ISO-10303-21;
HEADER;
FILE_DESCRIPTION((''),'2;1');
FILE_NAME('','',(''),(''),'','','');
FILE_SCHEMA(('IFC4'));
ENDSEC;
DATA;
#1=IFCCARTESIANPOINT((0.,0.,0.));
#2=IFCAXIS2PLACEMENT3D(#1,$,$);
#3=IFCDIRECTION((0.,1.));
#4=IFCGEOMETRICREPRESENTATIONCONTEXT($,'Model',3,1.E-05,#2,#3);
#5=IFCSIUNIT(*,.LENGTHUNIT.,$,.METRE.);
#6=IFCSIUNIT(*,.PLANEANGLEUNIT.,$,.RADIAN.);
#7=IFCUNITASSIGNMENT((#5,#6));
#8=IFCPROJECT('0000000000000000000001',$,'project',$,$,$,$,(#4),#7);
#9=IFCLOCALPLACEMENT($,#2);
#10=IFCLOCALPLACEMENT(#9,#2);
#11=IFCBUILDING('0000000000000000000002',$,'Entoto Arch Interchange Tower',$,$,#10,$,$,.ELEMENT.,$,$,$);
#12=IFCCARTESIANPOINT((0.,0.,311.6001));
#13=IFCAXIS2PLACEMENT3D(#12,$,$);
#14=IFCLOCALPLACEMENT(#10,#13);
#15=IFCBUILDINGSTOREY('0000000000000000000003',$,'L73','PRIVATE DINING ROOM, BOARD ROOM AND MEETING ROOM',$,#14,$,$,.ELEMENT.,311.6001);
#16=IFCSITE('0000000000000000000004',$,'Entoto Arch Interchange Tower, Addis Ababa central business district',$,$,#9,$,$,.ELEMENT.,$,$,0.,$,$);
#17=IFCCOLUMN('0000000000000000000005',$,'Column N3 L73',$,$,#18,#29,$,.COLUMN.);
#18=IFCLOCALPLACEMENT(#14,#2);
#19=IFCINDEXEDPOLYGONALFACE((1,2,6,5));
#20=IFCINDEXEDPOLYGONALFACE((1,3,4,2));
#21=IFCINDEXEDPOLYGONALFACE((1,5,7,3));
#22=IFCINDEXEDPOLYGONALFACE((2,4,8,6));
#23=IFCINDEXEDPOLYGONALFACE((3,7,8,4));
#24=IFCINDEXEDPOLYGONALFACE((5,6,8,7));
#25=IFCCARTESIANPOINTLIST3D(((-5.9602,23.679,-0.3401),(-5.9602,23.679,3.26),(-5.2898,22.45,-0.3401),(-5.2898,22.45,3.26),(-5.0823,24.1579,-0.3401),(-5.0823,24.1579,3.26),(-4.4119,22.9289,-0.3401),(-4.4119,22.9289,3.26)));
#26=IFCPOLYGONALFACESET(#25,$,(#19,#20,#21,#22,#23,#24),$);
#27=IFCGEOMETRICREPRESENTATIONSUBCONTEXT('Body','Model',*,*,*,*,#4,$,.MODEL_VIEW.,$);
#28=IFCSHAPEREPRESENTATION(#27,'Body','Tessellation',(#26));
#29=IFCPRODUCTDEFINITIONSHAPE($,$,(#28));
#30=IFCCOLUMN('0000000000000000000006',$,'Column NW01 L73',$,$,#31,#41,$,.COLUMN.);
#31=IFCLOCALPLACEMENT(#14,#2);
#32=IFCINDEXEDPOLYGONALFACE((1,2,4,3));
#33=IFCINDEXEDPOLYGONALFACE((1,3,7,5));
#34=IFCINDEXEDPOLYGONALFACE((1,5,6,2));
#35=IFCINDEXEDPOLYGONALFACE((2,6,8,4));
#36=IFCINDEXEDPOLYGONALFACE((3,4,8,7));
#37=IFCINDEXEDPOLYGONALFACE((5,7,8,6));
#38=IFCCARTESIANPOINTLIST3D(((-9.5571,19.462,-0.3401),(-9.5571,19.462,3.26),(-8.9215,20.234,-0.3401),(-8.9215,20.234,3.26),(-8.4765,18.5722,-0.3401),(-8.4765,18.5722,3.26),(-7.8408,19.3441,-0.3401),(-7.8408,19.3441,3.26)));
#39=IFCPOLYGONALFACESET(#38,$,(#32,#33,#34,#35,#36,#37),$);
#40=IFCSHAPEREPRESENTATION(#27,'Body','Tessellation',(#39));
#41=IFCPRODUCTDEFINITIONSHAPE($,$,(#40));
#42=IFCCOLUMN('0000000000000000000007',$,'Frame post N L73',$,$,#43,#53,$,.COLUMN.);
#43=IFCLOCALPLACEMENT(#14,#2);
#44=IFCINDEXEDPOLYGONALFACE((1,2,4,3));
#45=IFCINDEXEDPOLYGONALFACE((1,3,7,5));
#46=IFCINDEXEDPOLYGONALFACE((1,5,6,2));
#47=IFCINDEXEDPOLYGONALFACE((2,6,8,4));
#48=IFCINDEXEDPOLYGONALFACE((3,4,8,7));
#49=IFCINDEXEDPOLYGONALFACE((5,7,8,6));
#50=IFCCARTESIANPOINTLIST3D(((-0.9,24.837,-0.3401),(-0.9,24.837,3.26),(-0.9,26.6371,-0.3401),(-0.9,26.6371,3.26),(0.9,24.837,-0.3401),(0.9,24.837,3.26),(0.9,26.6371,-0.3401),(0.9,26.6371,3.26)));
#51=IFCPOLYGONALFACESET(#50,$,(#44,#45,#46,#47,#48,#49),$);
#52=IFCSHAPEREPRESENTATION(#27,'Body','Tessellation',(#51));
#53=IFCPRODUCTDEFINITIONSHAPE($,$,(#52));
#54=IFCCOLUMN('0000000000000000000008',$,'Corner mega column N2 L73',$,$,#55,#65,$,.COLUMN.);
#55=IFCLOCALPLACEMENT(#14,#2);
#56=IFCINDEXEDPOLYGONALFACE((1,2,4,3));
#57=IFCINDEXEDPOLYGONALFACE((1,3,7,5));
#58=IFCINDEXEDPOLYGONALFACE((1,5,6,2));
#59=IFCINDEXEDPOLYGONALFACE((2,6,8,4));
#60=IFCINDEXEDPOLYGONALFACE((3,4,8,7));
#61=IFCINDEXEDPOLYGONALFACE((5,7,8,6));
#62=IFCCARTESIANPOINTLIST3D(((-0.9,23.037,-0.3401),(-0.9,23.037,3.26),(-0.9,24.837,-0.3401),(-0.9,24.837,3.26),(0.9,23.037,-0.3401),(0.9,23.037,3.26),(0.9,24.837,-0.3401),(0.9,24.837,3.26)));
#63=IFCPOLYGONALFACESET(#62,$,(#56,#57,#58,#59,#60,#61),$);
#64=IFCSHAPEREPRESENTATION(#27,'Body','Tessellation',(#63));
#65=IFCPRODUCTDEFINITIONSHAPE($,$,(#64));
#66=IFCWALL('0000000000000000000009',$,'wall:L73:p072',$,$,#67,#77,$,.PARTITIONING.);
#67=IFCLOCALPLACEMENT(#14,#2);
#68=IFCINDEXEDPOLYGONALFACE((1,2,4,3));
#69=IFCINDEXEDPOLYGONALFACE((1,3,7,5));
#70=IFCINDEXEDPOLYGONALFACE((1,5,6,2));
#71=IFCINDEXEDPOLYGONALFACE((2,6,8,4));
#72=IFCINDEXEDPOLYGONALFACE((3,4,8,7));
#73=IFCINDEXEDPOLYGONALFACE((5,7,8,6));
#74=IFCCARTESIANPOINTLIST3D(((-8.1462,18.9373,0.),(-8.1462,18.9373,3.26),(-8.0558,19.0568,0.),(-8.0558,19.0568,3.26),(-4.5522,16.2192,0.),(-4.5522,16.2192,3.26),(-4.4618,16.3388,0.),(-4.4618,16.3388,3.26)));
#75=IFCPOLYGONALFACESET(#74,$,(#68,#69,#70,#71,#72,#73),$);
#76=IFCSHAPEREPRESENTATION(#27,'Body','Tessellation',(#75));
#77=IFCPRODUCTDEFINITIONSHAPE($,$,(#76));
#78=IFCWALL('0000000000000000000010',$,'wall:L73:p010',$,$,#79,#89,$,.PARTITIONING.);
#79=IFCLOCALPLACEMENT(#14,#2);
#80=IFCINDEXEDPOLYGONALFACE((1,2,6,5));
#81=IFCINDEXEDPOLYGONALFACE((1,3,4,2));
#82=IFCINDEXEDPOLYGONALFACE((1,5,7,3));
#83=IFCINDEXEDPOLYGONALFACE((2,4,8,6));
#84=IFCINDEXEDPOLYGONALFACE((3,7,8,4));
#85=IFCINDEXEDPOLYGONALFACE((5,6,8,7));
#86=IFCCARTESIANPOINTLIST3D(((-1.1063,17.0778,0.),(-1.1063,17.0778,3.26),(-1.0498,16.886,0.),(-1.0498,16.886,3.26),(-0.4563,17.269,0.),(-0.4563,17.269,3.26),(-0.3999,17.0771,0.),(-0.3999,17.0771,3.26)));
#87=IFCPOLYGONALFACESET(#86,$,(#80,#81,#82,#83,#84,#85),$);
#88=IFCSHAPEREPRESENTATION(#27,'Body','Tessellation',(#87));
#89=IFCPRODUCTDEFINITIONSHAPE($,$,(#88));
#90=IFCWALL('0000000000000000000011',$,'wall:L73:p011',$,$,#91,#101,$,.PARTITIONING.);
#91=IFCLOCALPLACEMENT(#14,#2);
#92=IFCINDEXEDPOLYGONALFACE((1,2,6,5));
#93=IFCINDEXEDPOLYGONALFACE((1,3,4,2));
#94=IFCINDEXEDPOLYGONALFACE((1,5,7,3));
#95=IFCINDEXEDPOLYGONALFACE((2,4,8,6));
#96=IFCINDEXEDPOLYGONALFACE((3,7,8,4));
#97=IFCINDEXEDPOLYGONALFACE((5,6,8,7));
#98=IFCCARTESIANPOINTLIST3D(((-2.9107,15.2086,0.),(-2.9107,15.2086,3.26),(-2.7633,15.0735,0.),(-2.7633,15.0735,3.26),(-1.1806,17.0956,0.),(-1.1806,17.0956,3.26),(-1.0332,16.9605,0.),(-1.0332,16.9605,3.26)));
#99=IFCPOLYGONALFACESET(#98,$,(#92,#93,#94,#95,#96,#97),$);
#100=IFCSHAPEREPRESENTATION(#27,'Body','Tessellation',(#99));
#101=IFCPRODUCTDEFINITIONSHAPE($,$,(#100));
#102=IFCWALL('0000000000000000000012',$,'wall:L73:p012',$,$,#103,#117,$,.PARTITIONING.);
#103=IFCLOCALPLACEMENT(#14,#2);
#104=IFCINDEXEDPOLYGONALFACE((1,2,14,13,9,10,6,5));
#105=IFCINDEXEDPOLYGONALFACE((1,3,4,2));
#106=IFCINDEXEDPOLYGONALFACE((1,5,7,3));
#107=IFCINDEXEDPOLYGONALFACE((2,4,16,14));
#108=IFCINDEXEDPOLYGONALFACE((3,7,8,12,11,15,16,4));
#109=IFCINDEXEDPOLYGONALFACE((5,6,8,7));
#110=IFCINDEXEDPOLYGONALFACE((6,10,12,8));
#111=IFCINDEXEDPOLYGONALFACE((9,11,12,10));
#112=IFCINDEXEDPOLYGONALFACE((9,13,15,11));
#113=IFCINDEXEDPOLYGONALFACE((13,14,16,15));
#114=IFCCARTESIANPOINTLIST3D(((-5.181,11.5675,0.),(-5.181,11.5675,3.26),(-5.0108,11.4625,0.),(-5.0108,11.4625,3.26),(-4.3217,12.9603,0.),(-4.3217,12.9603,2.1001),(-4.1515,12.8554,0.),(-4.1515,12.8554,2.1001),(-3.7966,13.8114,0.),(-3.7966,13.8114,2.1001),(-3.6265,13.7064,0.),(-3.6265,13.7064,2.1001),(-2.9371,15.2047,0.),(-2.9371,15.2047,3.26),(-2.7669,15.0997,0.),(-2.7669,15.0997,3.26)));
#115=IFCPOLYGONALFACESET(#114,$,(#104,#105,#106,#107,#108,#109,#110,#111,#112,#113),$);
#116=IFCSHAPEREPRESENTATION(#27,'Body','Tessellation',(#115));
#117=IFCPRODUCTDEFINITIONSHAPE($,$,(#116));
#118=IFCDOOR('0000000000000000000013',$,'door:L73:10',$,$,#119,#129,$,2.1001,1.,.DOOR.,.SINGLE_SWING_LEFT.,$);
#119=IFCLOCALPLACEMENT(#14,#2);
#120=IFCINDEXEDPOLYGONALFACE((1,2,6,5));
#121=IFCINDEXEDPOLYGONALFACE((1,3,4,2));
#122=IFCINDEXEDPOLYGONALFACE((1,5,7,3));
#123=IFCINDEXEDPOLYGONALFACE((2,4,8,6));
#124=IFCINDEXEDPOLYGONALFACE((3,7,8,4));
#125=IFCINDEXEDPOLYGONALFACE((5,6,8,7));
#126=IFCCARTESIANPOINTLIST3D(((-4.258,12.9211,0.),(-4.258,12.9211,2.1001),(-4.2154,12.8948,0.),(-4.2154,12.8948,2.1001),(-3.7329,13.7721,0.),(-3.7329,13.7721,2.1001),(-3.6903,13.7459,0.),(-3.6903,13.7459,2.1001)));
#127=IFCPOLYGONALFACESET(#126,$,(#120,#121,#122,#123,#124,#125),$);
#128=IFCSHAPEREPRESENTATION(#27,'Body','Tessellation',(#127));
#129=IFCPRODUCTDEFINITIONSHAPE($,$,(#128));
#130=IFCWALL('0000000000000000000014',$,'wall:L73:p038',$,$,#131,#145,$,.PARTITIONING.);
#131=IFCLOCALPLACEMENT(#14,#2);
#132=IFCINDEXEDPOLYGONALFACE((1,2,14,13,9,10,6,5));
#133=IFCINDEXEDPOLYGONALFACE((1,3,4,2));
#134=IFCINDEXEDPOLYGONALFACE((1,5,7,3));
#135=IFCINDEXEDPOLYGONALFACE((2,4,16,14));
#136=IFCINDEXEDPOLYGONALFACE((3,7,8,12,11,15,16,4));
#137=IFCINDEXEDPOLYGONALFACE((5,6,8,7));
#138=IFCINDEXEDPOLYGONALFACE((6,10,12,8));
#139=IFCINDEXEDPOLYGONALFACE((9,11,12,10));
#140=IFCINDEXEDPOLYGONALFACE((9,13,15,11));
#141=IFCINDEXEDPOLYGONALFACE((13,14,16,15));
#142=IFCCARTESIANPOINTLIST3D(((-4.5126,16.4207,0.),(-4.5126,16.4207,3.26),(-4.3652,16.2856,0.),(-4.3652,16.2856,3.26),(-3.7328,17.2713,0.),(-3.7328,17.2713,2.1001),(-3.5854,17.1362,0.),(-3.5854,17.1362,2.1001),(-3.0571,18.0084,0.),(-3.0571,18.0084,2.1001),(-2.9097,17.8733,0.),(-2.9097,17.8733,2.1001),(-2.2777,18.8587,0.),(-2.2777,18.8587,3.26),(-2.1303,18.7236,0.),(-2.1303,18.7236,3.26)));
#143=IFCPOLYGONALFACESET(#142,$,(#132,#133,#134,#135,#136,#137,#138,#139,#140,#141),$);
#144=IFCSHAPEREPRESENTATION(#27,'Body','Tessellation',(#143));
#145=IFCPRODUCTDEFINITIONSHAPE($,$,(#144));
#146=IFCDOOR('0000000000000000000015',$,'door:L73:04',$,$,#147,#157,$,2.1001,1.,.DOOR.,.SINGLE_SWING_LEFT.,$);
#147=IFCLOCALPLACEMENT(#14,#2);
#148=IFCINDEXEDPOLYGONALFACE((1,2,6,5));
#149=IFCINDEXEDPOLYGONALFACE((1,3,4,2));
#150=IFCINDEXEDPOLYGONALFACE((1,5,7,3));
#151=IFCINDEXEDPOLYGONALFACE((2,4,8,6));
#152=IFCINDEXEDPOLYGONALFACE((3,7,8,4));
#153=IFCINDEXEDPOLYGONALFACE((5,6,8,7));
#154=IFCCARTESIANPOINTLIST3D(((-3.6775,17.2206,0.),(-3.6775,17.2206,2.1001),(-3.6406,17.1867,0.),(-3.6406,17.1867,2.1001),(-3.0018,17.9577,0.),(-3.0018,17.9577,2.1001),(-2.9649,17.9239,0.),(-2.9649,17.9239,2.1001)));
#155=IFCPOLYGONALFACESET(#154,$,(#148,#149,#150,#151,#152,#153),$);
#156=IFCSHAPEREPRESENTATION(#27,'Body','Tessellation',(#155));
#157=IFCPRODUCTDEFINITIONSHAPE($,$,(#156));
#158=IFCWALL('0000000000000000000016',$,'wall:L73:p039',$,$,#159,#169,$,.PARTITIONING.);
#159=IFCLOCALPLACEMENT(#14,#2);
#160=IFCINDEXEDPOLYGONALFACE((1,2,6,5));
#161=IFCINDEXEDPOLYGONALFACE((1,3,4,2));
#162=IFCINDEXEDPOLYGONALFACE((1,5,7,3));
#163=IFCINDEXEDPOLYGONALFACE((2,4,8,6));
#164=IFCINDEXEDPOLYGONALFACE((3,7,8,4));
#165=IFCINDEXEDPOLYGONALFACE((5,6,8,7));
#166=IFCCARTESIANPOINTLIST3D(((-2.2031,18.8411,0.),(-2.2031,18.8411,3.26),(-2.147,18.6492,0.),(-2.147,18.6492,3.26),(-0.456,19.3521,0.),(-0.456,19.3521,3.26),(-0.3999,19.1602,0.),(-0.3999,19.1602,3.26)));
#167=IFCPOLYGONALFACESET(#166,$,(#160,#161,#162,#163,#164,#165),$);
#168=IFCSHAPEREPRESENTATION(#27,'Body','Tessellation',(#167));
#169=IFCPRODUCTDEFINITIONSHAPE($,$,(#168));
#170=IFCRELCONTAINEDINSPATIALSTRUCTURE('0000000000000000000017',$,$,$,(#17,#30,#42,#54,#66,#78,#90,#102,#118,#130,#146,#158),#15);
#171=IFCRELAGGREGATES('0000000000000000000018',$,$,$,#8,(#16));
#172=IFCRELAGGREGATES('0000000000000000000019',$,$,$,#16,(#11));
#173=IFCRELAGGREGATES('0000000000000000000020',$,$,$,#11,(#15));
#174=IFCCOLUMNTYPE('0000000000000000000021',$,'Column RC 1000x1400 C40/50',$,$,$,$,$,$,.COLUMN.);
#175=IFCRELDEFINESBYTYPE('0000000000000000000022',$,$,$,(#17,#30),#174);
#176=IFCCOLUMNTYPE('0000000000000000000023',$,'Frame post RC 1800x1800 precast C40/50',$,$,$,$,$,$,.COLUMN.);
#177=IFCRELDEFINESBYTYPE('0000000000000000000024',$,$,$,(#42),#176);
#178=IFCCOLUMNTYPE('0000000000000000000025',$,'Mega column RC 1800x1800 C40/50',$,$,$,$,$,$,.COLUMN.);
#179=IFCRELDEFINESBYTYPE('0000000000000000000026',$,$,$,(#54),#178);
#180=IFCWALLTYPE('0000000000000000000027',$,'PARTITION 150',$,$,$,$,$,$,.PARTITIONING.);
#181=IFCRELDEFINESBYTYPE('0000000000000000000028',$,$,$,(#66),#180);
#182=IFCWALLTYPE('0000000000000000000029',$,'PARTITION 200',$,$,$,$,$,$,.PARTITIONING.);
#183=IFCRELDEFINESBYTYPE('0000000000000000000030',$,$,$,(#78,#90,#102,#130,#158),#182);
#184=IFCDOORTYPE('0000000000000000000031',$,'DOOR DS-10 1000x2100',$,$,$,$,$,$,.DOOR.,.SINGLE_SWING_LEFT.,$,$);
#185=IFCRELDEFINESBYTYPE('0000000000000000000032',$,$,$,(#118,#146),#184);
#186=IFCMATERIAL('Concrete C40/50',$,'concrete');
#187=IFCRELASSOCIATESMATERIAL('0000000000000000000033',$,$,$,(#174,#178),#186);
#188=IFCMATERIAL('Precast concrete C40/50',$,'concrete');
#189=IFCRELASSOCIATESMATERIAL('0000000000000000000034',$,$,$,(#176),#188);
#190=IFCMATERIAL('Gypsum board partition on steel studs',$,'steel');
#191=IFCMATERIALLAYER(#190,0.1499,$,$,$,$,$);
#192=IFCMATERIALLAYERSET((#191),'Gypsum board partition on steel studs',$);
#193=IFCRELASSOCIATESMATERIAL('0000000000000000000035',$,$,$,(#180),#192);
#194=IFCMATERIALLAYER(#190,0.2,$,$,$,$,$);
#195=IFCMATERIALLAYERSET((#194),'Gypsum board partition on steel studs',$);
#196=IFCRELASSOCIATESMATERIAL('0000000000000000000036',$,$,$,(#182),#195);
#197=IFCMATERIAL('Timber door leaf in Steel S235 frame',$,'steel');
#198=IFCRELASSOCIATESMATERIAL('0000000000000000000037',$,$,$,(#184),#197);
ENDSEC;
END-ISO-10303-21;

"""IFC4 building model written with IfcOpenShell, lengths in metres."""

from ifc_helpers import new_model, si_unit, direction, frame, frame_2d, origin, origin_2d, place, context, subcontext, project, spatial, rectangle, extrude, material, layer, layer_set, material_profile, profile_set, type_object, element, fill, save


model = new_model("IFC4")

# Units and contexts
model_context = context("Model", 3, precision=1e-05, world=origin(), true_north=direction((0.0, 1.0)))
body_context = subcontext(model_context, "Body", "Model", "MODEL_VIEW")
ifc_project = project(units=[si_unit("LENGTHUNIT", "METRE"), si_unit("PLANEANGLEUNIT", "RADIAN")], contexts=[model_context])

# Site, building, storey
site_placement = place(None, origin())
site = spatial("IfcSite", under=ifc_project, at=site_placement, Name="Entoto Arch Interchange Tower, Addis Ababa central business district", CompositionType="ELEMENT", RefElevation=0.0)
building_placement = place(site_placement, origin())
building = spatial("IfcBuilding", under=site, at=building_placement, Name="Entoto Arch Interchange Tower", CompositionType="ELEMENT")
storey_placement = place(building_placement, frame((0.0, 0.0, 311.6001)))
storey = spatial("IfcBuildingStorey", under=building, at=storey_placement, Name="L73", Description="PRIVATE DINING ROOM, BOARD ROOM AND MEETING ROOM", CompositionType="ELEMENT", Elevation=311.6001)

# Columns
ifc_material_1 = material(Name="Concrete C40/50", Category="concrete")
ifc_material_profile_1 = material_profile(ifc_material_1, rectangle(XDim=1.0, YDim=1.3999, at=origin_2d()))
ifc_profile_set_1 = profile_set([ifc_material_profile_1], Name="Concrete C40/50")
column_type_1 = type_object("IfcColumnType", Name="Column RC 1000x1400 C40/50", PredefinedType="COLUMN", material=ifc_profile_set_1)
for number, where, z_axis, x_axis, name in (
    (1, (-5.186, 23.304, -0.3401), (0.0, 0.0, 1.0), (0.877899, 0.478845, 0.0), "Column N3 L73"),
    (2, (-8.699, 19.4031, -0.3401), (0.0, 0.0, 1.0), (0.635647, 0.77198, 0.0), "Column NW01 L73"),
):
    element("IfcColumn", number, at=place(storey_placement, frame(where, z_axis=z_axis, x_axis=x_axis)), inside=storey, type_object=column_type_1, Name=name, PredefinedType="COLUMN", context=body_context, shape_type="SweptSolid", body=[
        extrude(rectangle(XDim=1.0, YDim=1.3999, at=origin_2d()), origin(), (0.0, 0.0, 1.0), 3.6001),
    ])
ifc_material_2 = material(Name="Precast concrete C40/50", Category="concrete")
ifc_material_profile_2 = material_profile(ifc_material_2, rectangle(XDim=1.8, YDim=1.8, at=origin_2d()))
ifc_profile_set_2 = profile_set([ifc_material_profile_2], Name="Precast concrete C40/50")
column_type_2 = type_object("IfcColumnType", Name="Frame post RC 1800x1800 precast C40/50", PredefinedType="COLUMN", material=ifc_profile_set_2)
column_1_placement = place(storey_placement, frame((0.0, 25.7371, -0.3401), z_axis=(0.0, 0.0, 1.0), x_axis=(0.0, 1.0, 0.0)))
element("IfcColumn", 3, at=column_1_placement, inside=storey, type_object=column_type_2, Name="Frame post N L73", PredefinedType="COLUMN", context=body_context, shape_type="SweptSolid", body=[
    extrude(rectangle(XDim=1.8, YDim=1.8, at=origin_2d()), origin(), (0.0, 0.0, 1.0), 3.6001),
])
ifc_material_profile_3 = material_profile(ifc_material_1, rectangle(XDim=1.8, YDim=1.8, at=origin_2d()))
ifc_profile_set_3 = profile_set([ifc_material_profile_3], Name="Concrete C40/50")
column_type_3 = type_object("IfcColumnType", Name="Mega column RC 1800x1800 C40/50", PredefinedType="COLUMN", material=ifc_profile_set_3)
column_2_placement = place(storey_placement, frame((0.0, 23.937, -0.3401), z_axis=(0.0, 0.0, 1.0), x_axis=(0.0, 1.0, 0.0)))
element("IfcColumn", 4, at=column_2_placement, inside=storey, type_object=column_type_3, Name="Corner mega column N2 L73", PredefinedType="COLUMN", context=body_context, shape_type="SweptSolid", body=[
    extrude(rectangle(XDim=1.8, YDim=1.8, at=origin_2d()), origin(), (0.0, 0.0, 1.0), 3.6001),
])

# Walls
ifc_material_3 = material(Name="Gypsum board partition on steel studs", Category="steel")
ifc_layer_1 = layer(ifc_material_3, 0.1499)
ifc_layer_set_1 = layer_set([ifc_layer_1], Name="Gypsum board partition on steel studs")
wall_type_1 = type_object("IfcWallType", Name="PARTITION 150", PredefinedType="PARTITIONING", material=ifc_layer_set_1)
wall_1_placement = place(storey_placement, frame((-4.5071, 16.2791, 0.0), z_axis=(0.0, 0.0, 1.0), x_axis=(-0.797594, 0.603194, 0.0)))
element("IfcWall", 5, at=wall_1_placement, inside=storey, type_object=wall_type_1, Name="wall:L73:p072", PredefinedType="PARTITIONING", context=body_context, shape_type="SweptSolid", body=[
    extrude(rectangle(XDim=4.5061, YDim=0.1499, at=frame_2d((2.2529, 0.0))), origin(), (0.0, 0.0, 1.0), 3.26),
])
ifc_layer_2 = layer(ifc_material_3, 0.2)
ifc_layer_set_2 = layer_set([ifc_layer_2], Name="Gypsum board partition on steel studs")
wall_type_2 = type_object("IfcWallType", Name="PARTITION 200", PredefinedType="PARTITIONING", material=ifc_layer_set_2)
wall_2_placement = place(storey_placement, frame((-0.428, 17.1731, 0.0), z_axis=(0.0, 0.0, 1.0), x_axis=(-0.95936, -0.282186, 0.0)))
element("IfcWall", 6, at=wall_2_placement, inside=storey, type_object=wall_type_2, Name="wall:L73:p010", PredefinedType="PARTITIONING", context=body_context, shape_type="SweptSolid", body=[
    extrude(rectangle(XDim=0.6775, YDim=0.2, at=frame_2d((0.3389, 0.0))), origin(), (0.0, 0.0, 1.0), 3.26),
])
wall_3_placement = place(storey_placement, frame((-1.1069, 17.0281, 0.0), z_axis=(0.0, 0.0, 1.0), x_axis=(-0.675781, -0.737103, 0.0)))
element("IfcWall", 7, at=wall_3_placement, inside=storey, type_object=wall_type_2, Name="wall:L73:p011", PredefinedType="PARTITIONING", context=body_context, shape_type="SweptSolid", body=[
    extrude(rectangle(XDim=2.5601, YDim=0.2, at=frame_2d((1.28, 0.0))), origin(), (0.0, 0.0, 1.0), 3.26),
])

# Walls, openings, doors
wall_4_placement = place(storey_placement, frame((-2.8521, 15.1521, 0.0), z_axis=(0.0, 0.0, 1.0), x_axis=(-0.52505, -0.851071, 0.0)))
wall_4 = element("IfcWall", 8, at=wall_4_placement, inside=storey, type_object=wall_type_2, Name="wall:L73:p012", PredefinedType="PARTITIONING", context=body_context, shape_type="SweptSolid", body=[
    extrude(rectangle(XDim=4.2737, YDim=0.2, at=frame_2d((2.1367, 0.0))), origin(), (0.0, 0.0, 1.0), 3.26),
])
opening_1_placement = place(wall_4_placement, frame((1.637, 0.0, 0.0)))
opening_1 = element("IfcOpeningElement", 9, at=opening_1_placement, cuts=wall_4, PredefinedType="OPENING", context=body_context, shape_type="SweptSolid", body=[
    extrude(rectangle(XDim=1.0, YDim=2.1001, at=frame_2d((0.5, 1.05))), frame((0.0, 0.1099, 0.0), z_axis=(0.0, -1.0, 0.0), x_axis=(1.0, 0.0, 0.0)), (0.0, 0.0, 1.0), 0.22),
])
ifc_material_4 = material(Name="Timber door leaf in Steel S235 frame", Category="steel")
door_type = type_object("IfcDoorType", Name="DOOR DS-10 1000x2100", OperationType="SINGLE_SWING_LEFT", PredefinedType="DOOR", material=ifc_material_4)
door_1_placement = place(opening_1_placement, origin())
door_1 = element("IfcDoor", 10, at=door_1_placement, inside=storey, type_object=door_type, Name="door:L73:10", OperationType="SINGLE_SWING_LEFT", OverallHeight=2.1001, OverallWidth=1.0, PredefinedType="DOOR", context=body_context, shape_type="SweptSolid", body=[
    extrude(rectangle(XDim=1.0, YDim=2.1001, at=frame_2d((0.5, 1.05))), frame((0.0, 0.0249, 0.0), z_axis=(0.0, -1.0, 0.0), x_axis=(1.0, 0.0, 0.0)), (0.0, 0.0, 1.0), 0.05),
])
fill(opening_1, door_1)
wall_5_placement = place(storey_placement, frame((-4.439, 16.353, 0.0), z_axis=(0.0, 0.0, 1.0), x_axis=(0.675731, 0.737148, 0.0)))
wall_5 = element("IfcWall", 11, at=wall_5_placement, inside=storey, type_object=wall_type_2, Name="wall:L73:p038", PredefinedType="PARTITIONING", context=body_context, shape_type="SweptSolid", body=[
    extrude(rectangle(XDim=3.3074, YDim=0.2, at=frame_2d((1.6538, 0.0))), origin(), (0.0, 0.0, 1.0), 3.26),
])
opening_2_placement = place(wall_5_placement, frame((1.1541, 0.0, 0.0)))
opening_2 = element("IfcOpeningElement", 12, at=opening_2_placement, cuts=wall_5, PredefinedType="OPENING", context=body_context, shape_type="SweptSolid", body=[
    extrude(rectangle(XDim=1.0, YDim=2.1001, at=frame_2d((0.5, 1.05))), frame((0.0, 0.1099, 0.0), z_axis=(0.0, -1.0, 0.0), x_axis=(1.0, 0.0, 0.0)), (0.0, 0.0, 1.0), 0.22),
])
door_2_placement = place(opening_2_placement, origin())
door_2 = element("IfcDoor", 13, at=door_2_placement, inside=storey, type_object=door_type, Name="door:L73:04", OperationType="SINGLE_SWING_LEFT", OverallHeight=2.1001, OverallWidth=1.0, PredefinedType="DOOR", context=body_context, shape_type="SweptSolid", body=[
    extrude(rectangle(XDim=1.0, YDim=2.1001, at=frame_2d((0.5, 1.05))), frame((0.0, 0.0249, 0.0), z_axis=(0.0, -1.0, 0.0), x_axis=(1.0, 0.0, 0.0)), (0.0, 0.0, 1.0), 0.05),
])
fill(opening_2, door_2)

# Wall
wall_6_placement = place(storey_placement, frame((-2.175, 18.7451, 0.0), z_axis=(0.0, 0.0, 1.0), x_axis=(0.959789, 0.280721, 0.0)))
element("IfcWall", 14, at=wall_6_placement, inside=storey, type_object=wall_type_2, Name="wall:L73:p039", PredefinedType="PARTITIONING", context=body_context, shape_type="SweptSolid", body=[
    extrude(rectangle(XDim=1.8203, YDim=0.2, at=frame_2d((0.9102, 0.0))), origin(), (0.0, 0.0, 1.0), 3.26),
])

save(model, "model.ifc")
